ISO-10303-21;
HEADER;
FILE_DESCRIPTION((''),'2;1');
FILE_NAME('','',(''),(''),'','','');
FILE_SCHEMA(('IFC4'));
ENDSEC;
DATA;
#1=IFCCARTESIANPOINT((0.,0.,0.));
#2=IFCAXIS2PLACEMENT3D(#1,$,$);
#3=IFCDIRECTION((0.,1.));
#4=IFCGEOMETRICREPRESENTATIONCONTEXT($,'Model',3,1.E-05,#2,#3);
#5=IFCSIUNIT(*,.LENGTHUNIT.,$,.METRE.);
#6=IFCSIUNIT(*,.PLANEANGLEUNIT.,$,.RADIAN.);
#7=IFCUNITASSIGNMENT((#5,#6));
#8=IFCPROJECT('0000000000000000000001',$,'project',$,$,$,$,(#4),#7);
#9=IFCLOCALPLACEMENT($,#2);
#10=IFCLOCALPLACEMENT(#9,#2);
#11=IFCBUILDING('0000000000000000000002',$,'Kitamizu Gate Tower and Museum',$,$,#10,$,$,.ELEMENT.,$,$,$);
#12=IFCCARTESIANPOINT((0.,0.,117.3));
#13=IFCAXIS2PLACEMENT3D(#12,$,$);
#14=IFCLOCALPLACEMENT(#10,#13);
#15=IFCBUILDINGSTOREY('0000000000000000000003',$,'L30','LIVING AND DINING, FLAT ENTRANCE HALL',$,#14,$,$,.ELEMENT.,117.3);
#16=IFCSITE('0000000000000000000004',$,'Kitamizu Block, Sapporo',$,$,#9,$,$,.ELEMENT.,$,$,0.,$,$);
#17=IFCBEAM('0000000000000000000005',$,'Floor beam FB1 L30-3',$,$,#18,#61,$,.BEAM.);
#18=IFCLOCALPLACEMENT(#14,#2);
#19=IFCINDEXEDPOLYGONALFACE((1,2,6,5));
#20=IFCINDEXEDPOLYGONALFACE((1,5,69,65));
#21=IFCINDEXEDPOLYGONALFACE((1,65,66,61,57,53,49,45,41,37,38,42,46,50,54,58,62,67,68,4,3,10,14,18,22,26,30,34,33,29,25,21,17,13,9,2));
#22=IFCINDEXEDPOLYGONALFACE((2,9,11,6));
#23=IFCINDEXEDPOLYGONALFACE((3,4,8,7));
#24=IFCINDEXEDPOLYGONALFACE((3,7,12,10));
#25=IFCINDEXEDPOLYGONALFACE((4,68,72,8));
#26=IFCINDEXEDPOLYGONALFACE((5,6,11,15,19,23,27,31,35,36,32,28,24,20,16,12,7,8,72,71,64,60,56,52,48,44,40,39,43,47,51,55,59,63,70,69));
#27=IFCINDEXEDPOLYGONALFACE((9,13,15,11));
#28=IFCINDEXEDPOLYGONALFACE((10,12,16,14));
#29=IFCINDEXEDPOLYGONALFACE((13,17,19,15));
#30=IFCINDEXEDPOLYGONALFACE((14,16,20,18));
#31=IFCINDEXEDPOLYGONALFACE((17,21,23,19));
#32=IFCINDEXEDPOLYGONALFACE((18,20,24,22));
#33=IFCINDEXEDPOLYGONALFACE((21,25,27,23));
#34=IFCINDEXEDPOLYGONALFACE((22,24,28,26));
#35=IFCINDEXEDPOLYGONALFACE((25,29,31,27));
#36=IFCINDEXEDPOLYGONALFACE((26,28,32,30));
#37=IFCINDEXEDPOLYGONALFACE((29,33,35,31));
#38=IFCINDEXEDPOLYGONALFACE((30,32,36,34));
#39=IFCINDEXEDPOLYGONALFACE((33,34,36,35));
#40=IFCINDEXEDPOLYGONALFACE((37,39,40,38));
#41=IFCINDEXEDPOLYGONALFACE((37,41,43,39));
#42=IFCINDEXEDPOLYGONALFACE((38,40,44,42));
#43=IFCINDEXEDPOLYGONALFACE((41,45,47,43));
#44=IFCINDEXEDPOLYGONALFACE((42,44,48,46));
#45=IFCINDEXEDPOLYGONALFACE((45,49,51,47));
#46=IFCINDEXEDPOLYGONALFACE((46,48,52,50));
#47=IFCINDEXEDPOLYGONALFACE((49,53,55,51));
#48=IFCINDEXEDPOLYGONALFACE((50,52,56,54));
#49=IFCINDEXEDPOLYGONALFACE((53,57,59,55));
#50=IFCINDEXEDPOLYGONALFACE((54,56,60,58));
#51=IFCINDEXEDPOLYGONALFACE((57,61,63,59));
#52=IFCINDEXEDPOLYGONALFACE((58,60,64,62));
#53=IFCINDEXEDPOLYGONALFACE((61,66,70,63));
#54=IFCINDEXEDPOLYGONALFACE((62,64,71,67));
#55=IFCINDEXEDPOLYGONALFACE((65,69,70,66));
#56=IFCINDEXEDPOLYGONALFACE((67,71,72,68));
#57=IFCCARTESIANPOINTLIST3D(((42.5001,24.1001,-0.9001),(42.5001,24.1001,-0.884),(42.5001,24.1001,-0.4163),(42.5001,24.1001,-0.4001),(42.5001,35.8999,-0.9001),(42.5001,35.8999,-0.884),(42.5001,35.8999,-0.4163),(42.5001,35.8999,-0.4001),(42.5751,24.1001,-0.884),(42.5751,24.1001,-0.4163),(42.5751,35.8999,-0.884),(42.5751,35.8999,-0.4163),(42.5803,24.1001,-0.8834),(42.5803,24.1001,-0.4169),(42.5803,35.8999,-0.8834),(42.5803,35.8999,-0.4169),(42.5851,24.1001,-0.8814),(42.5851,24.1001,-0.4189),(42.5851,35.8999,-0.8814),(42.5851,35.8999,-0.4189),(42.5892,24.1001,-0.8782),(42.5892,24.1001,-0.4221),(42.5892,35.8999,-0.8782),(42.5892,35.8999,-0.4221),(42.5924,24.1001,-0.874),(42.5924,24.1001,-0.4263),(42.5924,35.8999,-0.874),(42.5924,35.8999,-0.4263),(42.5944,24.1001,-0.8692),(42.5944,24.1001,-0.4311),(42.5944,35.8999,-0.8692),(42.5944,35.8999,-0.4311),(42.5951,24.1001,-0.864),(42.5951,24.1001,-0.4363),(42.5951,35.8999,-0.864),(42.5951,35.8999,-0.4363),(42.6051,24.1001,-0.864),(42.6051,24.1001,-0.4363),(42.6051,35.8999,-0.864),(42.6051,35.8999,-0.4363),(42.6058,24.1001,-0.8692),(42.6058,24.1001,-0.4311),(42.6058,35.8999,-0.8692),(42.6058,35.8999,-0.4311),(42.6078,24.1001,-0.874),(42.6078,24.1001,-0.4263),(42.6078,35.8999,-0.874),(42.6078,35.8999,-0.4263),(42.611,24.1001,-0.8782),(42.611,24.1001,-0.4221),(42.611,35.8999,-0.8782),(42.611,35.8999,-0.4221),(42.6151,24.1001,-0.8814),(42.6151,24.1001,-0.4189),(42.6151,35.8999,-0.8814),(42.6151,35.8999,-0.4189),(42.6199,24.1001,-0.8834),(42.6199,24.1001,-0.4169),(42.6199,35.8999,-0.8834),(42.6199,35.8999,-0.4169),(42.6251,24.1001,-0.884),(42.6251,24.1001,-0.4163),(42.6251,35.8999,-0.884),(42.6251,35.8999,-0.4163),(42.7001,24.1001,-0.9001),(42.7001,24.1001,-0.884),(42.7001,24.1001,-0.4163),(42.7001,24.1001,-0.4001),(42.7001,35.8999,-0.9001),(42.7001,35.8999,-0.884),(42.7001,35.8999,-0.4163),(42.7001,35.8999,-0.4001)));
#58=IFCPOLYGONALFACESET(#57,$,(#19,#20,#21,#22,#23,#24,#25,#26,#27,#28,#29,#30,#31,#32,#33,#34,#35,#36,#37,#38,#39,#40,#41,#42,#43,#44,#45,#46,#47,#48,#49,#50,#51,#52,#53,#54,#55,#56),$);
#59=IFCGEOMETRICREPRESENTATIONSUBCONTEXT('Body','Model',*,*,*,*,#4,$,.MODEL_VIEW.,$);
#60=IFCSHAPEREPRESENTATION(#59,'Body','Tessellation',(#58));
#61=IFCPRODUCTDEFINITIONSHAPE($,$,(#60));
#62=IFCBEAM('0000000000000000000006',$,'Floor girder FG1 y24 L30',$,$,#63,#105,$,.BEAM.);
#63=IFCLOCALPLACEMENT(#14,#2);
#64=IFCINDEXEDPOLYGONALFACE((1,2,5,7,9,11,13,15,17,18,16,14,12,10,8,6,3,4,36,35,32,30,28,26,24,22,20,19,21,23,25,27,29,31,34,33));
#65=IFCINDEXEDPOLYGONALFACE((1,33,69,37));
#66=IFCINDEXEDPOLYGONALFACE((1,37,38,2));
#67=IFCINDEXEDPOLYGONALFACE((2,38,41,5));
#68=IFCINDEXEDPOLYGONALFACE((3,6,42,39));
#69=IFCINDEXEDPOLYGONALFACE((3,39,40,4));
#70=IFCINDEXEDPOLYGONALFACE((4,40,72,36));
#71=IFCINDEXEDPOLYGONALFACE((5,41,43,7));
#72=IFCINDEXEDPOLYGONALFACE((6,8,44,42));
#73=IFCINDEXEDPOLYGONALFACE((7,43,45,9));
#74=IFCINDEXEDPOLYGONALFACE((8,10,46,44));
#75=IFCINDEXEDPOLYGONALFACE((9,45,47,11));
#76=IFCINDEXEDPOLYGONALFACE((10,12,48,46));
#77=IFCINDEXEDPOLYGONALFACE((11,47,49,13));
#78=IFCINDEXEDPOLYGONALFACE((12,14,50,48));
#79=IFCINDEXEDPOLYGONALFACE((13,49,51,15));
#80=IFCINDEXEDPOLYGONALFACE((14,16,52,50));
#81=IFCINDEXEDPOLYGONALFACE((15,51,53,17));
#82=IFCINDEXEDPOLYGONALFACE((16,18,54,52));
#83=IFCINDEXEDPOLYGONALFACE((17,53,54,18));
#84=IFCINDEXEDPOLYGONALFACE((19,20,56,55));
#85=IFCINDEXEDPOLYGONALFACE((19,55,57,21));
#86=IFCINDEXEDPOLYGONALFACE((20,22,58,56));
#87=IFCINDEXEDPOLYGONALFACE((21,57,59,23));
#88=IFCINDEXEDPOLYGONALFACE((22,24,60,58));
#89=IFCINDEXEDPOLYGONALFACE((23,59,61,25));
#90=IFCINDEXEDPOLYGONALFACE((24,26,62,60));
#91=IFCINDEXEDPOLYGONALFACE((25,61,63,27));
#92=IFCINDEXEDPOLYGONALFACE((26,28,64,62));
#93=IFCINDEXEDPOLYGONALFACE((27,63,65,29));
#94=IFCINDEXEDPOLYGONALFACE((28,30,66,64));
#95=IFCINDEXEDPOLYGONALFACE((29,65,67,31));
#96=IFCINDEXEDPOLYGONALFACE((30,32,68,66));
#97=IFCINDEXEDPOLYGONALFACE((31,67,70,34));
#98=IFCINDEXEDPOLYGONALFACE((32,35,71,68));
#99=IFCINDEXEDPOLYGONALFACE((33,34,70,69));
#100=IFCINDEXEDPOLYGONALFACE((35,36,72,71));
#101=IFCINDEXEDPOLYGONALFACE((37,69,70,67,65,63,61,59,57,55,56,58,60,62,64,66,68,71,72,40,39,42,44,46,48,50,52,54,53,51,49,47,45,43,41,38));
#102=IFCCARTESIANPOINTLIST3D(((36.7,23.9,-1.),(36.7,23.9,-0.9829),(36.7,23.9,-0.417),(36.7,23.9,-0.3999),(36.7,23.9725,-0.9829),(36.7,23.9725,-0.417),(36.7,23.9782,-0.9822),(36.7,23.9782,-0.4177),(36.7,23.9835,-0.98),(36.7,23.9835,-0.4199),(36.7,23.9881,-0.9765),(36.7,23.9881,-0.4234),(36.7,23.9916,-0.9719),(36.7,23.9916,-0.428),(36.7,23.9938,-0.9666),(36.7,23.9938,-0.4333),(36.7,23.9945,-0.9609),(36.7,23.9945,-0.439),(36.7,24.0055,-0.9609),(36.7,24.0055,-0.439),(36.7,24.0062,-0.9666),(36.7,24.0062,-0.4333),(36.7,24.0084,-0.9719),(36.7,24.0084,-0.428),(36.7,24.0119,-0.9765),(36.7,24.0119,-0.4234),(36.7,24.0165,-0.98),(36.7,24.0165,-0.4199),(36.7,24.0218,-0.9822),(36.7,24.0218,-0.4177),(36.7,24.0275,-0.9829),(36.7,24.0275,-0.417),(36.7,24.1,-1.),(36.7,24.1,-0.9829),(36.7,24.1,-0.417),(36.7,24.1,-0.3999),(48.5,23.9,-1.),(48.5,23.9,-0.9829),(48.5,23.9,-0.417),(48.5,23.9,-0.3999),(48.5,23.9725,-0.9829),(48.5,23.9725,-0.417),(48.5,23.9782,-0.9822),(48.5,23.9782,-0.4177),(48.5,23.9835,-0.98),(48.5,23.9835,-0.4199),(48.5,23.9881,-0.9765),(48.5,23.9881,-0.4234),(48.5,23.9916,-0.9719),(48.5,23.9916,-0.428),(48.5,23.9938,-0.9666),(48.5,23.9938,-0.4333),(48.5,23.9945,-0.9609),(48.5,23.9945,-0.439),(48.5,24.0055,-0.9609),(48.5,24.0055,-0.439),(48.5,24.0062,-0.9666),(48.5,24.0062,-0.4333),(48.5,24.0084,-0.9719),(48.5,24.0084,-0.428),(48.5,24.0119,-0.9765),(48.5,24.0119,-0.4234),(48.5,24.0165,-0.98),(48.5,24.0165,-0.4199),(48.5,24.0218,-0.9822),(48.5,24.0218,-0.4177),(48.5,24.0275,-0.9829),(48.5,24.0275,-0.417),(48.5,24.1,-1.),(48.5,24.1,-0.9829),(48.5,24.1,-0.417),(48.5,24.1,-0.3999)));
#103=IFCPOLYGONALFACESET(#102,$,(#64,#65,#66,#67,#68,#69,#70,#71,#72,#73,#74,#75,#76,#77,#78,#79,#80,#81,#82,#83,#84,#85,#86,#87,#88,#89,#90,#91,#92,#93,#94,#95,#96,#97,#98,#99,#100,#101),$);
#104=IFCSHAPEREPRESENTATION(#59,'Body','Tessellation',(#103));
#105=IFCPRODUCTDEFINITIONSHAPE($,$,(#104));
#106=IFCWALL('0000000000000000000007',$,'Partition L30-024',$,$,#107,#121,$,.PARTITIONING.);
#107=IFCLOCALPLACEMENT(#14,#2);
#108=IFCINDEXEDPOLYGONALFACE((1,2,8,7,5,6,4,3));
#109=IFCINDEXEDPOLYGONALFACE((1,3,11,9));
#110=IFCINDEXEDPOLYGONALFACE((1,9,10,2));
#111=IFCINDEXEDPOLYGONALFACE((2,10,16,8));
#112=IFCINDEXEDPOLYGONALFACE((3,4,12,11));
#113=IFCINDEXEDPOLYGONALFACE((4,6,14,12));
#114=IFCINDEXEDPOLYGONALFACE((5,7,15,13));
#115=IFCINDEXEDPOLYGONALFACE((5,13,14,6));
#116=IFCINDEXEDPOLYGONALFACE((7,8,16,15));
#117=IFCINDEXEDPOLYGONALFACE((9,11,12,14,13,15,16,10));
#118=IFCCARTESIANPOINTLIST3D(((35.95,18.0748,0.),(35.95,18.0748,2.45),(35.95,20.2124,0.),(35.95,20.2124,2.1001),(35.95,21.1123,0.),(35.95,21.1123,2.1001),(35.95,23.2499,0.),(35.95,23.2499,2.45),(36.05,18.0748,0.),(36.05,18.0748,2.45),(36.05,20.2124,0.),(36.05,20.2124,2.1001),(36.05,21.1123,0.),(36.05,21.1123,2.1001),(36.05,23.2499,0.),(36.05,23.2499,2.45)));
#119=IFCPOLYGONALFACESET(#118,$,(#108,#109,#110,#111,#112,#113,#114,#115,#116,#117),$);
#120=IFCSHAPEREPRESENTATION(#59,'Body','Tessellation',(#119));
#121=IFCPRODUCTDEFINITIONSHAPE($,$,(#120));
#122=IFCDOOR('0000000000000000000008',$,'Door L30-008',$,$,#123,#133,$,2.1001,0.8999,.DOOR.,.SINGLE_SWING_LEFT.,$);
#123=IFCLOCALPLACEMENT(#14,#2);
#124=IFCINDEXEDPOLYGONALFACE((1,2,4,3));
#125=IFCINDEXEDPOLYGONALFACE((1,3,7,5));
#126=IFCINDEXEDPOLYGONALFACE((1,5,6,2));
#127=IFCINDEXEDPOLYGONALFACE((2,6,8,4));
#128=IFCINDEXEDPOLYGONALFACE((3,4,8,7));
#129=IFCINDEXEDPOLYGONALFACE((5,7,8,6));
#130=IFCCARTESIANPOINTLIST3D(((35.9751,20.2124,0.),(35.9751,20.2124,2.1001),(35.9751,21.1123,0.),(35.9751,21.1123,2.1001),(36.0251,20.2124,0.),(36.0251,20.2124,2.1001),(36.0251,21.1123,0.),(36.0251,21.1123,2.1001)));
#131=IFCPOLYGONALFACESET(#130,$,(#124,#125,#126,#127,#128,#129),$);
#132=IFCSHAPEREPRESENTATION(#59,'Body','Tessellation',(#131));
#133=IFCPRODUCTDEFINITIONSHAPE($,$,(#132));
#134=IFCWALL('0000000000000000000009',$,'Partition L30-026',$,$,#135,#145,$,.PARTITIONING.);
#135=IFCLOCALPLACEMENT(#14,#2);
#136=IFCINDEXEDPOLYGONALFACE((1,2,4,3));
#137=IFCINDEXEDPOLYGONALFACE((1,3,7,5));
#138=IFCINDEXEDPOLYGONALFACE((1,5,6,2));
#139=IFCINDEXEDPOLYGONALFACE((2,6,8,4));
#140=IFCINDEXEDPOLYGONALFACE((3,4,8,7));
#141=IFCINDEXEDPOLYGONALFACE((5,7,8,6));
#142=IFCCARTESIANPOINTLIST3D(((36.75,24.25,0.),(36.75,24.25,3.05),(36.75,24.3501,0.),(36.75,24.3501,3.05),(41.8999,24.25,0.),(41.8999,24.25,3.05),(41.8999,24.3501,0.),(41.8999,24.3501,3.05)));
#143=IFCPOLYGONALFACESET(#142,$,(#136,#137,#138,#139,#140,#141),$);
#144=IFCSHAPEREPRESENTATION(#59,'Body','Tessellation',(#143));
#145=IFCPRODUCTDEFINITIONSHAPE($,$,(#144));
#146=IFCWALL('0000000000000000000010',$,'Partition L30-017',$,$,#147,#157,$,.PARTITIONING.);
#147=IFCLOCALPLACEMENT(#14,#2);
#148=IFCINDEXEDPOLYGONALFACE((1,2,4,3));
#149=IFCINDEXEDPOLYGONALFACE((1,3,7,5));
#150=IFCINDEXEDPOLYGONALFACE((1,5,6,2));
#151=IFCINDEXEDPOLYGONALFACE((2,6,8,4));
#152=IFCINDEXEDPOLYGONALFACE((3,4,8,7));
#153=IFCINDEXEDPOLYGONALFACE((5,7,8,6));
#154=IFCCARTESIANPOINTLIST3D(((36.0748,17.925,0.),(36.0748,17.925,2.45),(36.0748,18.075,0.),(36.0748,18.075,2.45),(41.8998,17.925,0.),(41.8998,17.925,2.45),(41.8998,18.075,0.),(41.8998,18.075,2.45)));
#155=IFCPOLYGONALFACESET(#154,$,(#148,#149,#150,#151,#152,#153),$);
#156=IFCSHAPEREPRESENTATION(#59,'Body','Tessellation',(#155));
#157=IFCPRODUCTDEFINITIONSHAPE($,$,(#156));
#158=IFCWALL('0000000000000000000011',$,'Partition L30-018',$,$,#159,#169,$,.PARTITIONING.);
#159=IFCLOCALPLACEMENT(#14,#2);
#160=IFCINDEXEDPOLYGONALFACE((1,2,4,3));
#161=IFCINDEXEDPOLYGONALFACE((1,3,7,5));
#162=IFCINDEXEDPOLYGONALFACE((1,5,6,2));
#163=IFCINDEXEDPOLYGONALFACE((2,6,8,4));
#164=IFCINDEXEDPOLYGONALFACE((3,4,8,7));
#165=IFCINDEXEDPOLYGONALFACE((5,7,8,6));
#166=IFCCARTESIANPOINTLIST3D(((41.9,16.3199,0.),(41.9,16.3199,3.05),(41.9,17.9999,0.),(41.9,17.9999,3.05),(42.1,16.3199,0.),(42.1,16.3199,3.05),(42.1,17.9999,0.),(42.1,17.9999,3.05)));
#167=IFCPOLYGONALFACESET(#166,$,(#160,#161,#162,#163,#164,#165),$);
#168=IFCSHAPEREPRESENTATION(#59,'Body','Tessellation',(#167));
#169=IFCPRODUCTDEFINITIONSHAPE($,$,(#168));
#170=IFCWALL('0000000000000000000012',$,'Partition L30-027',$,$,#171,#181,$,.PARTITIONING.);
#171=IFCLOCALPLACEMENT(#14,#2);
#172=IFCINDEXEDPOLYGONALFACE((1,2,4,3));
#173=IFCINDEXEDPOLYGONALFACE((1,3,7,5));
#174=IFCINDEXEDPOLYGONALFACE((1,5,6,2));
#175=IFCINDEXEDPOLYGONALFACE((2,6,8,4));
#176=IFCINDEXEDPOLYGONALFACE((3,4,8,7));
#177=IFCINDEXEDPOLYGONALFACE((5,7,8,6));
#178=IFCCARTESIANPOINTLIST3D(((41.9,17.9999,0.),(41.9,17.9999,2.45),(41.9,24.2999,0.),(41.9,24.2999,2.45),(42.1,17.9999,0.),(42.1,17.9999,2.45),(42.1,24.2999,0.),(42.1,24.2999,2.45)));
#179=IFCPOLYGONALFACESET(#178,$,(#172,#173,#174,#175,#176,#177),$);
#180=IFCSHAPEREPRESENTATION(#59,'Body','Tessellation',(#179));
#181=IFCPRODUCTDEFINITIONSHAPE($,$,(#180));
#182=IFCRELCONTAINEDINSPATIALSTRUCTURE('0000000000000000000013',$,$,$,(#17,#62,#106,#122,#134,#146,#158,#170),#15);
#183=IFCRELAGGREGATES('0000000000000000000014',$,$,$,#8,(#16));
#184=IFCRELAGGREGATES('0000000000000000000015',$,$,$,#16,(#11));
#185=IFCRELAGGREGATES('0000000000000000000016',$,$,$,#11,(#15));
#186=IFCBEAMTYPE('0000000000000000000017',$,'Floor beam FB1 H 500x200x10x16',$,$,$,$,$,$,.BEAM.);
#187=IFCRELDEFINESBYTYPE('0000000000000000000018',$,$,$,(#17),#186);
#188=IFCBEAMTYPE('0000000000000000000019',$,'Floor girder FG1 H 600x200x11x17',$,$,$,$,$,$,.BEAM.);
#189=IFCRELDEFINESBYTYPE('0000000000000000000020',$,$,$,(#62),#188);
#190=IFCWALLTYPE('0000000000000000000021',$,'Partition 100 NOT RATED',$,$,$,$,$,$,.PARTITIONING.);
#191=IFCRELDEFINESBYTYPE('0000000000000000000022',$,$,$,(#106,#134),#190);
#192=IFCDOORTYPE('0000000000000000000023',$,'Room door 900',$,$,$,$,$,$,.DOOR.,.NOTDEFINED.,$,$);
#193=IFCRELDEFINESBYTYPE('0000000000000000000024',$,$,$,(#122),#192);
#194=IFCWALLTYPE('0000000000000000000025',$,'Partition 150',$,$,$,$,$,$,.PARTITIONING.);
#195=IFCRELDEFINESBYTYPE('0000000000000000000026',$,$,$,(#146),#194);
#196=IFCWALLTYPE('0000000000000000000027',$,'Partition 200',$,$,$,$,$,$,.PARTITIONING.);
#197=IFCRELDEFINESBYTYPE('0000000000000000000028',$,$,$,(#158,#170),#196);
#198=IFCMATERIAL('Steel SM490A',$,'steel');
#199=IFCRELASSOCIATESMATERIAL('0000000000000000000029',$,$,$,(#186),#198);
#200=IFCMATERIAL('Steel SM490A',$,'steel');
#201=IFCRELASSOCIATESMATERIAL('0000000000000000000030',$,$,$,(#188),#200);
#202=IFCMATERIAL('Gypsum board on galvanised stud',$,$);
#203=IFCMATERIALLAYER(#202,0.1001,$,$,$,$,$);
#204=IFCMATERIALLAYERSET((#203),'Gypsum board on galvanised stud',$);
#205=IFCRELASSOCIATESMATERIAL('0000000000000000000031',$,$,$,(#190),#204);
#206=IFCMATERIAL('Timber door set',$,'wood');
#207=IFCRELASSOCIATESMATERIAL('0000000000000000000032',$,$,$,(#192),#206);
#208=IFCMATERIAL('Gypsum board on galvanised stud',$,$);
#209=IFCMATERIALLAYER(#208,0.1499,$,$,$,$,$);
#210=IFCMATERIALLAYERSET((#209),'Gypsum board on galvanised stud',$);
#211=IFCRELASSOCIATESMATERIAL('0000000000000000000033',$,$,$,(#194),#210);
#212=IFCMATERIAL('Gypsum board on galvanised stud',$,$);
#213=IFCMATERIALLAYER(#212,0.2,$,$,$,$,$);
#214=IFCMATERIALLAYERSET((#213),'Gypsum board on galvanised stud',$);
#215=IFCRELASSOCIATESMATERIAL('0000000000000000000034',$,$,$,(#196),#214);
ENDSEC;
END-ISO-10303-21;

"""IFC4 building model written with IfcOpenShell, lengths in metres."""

from ifc_helpers import new_model, si_unit, direction, frame, frame_2d, origin, origin_2d, place, context, subcontext, project, spatial, rectangle, i_section, extrude, material, layer, layer_set, material_profile, profile_set, type_object, element, fill, save


model = new_model("IFC4")

# Units and contexts
model_context = context("Model", 3, precision=1e-05, world=origin(), true_north=direction((0.0, 1.0)))
body_context = subcontext(model_context, "Body", "Model", "MODEL_VIEW")
ifc_project = project(units=[si_unit("LENGTHUNIT", "METRE"), si_unit("PLANEANGLEUNIT", "RADIAN")], contexts=[model_context])

# Site, building, storey
site_placement = place(None, origin())
site = spatial("IfcSite", under=ifc_project, at=site_placement, Name="Kitamizu Block, Sapporo", CompositionType="ELEMENT", RefElevation=0.0)
building_placement = place(site_placement, origin())
building = spatial("IfcBuilding", under=site, at=building_placement, Name="Kitamizu Gate Tower and Museum", CompositionType="ELEMENT")
storey_placement = place(building_placement, frame((0.0, 0.0, 117.3)))
storey = spatial("IfcBuildingStorey", under=building, at=storey_placement, Name="L30", Description="LIVING AND DINING, FLAT ENTRANCE HALL", CompositionType="ELEMENT", Elevation=117.3)

# Beams
ifc_material_1 = material(Name="Steel SM490A", Category="steel")
ifc_material_profile_1 = material_profile(ifc_material_1, i_section(OverallWidth=0.2, OverallDepth=0.5, WebThickness=0.01, FlangeThickness=0.0161, FilletRadius=0.02, at=origin_2d()), Name="H-500x200x10x16")
ifc_profile_set_1 = profile_set([ifc_material_profile_1], Name="Steel SM490A")
beam_type_1 = type_object("IfcBeamType", Name="Floor beam FB1 H 500x200x10x16", PredefinedType="BEAM", material=ifc_profile_set_1)
beam_1_placement = place(storey_placement, frame((42.6001, 24.1001, -0.6501), z_axis=(0.0, 1.0, 0.0), x_axis=(-1.0, 0.0, 0.0)))
element("IfcBeam", 1, at=beam_1_placement, inside=storey, type_object=beam_type_1, Name="Floor beam FB1 L30-3", PredefinedType="BEAM", context=body_context, shape_type="SweptSolid", body=[
    extrude(i_section(OverallWidth=0.2, OverallDepth=0.5, WebThickness=0.01, FlangeThickness=0.0161, FilletRadius=0.02, at=origin_2d()), origin(), (0.0, 0.0, 1.0), 11.7998),
])
ifc_material_2 = material(Name="Steel SM490A", Category="steel")
ifc_material_profile_2 = material_profile(ifc_material_2, i_section(OverallWidth=0.2, OverallDepth=0.6001, WebThickness=0.011, FlangeThickness=0.0171, FilletRadius=0.022, at=origin_2d()), Name="H-600x200x11x17")
ifc_profile_set_2 = profile_set([ifc_material_profile_2], Name="Steel SM490A")
beam_type_2 = type_object("IfcBeamType", Name="Floor girder FG1 H 600x200x11x17", PredefinedType="BEAM", material=ifc_profile_set_2)
beam_2_placement = place(storey_placement, frame((36.7, 24.0, -0.7), z_axis=(1.0, 0.0, 0.0), x_axis=(0.0, 1.0, 0.0)))
element("IfcBeam", 2, at=beam_2_placement, inside=storey, type_object=beam_type_2, Name="Floor girder FG1 y24 L30", PredefinedType="BEAM", context=body_context, shape_type="SweptSolid", body=[
    extrude(i_section(OverallWidth=0.2, OverallDepth=0.6001, WebThickness=0.011, FlangeThickness=0.0171, FilletRadius=0.022, at=origin_2d()), origin(), (0.0, 0.0, 1.0), 11.8),
])

# Wall, opening, door
ifc_material_3 = material(Name="Gypsum board on galvanised stud")
ifc_layer_1 = layer(ifc_material_3, 0.1001)
ifc_layer_set_1 = layer_set([ifc_layer_1], Name="Gypsum board on galvanised stud")
wall_type_1 = type_object("IfcWallType", Name="Partition 100 NOT RATED", PredefinedType="PARTITIONING", material=ifc_layer_set_1)
wall_1_placement = place(storey_placement, frame((36.0, 18.075, 0.0), z_axis=(0.0, 0.0, 1.0), x_axis=(0.0, 1.0, 0.0)))
wall_1 = element("IfcWall", 3, at=wall_1_placement, inside=storey, type_object=wall_type_1, Name="Partition L30-024", PredefinedType="PARTITIONING", context=body_context, shape_type="SweptSolid", body=[
    extrude(rectangle(XDim=5.175, YDim=0.1001, at=frame_2d((2.5874, 0.0))), origin(), (0.0, 0.0, 1.0), 2.45),
])
opening_1_placement = place(wall_1_placement, frame((2.1375, 0.0, 0.0)))
opening_1 = element("IfcOpeningElement", 4, at=opening_1_placement, cuts=wall_1, PredefinedType="OPENING", context=body_context, shape_type="SweptSolid", body=[
    extrude(rectangle(XDim=0.8999, YDim=2.1001, at=frame_2d((0.45, 1.05))), frame((0.0, 0.0601, 0.0), z_axis=(0.0, -1.0, 0.0), x_axis=(1.0, 0.0, 0.0)), (0.0, 0.0, 1.0), 0.1201),
])
ifc_material_4 = material(Name="Timber door set", Category="wood")
door_type = type_object("IfcDoorType", Name="Room door 900", OperationType="NOTDEFINED", PredefinedType="DOOR", material=ifc_material_4)
door_1_placement = place(opening_1_placement, origin())
door_1 = element("IfcDoor", 5, at=door_1_placement, inside=storey, type_object=door_type, Name="Door L30-008", OperationType="SINGLE_SWING_LEFT", OverallHeight=2.1001, OverallWidth=0.8999, PredefinedType="DOOR", context=body_context, shape_type="SweptSolid", body=[
    extrude(rectangle(XDim=0.8999, YDim=2.1001, at=frame_2d((0.45, 1.05))), frame((0.0, 0.0249, 0.0), z_axis=(0.0, -1.0, 0.0), x_axis=(1.0, 0.0, 0.0)), (0.0, 0.0, 1.0), 0.05),
])
fill(opening_1, door_1)

# Walls
wall_2_placement = place(storey_placement, frame((41.8999, 24.3, 0.0), z_axis=(0.0, 0.0, 1.0), x_axis=(-1.0, 0.0, 0.0)))
element("IfcWall", 6, at=wall_2_placement, inside=storey, type_object=wall_type_1, Name="Partition L30-026", PredefinedType="PARTITIONING", context=body_context, shape_type="SweptSolid", body=[
    extrude(rectangle(XDim=5.1499, YDim=0.1001, at=frame_2d((2.575, 0.0))), origin(), (0.0, 0.0, 1.0), 3.05),
])
ifc_material_5 = material(Name="Gypsum board on galvanised stud")
ifc_layer_2 = layer(ifc_material_5, 0.1499)
ifc_layer_set_2 = layer_set([ifc_layer_2], Name="Gypsum board on galvanised stud")
wall_type_2 = type_object("IfcWallType", Name="Partition 150", PredefinedType="PARTITIONING", material=ifc_layer_set_2)
wall_3_placement = place(storey_placement, frame((41.8999, 18.0, 0.0), z_axis=(0.0, 0.0, 1.0), x_axis=(-1.0, 0.0, 0.0)))
element("IfcWall", 7, at=wall_3_placement, inside=storey, type_object=wall_type_2, Name="Partition L30-017", PredefinedType="PARTITIONING", context=body_context, shape_type="SweptSolid", body=[
    extrude(rectangle(XDim=5.825, YDim=0.1499, at=frame_2d((2.9126, 0.0))), origin(), (0.0, 0.0, 1.0), 2.45),
])
ifc_material_6 = material(Name="Gypsum board on galvanised stud")
ifc_layer_3 = layer(ifc_material_6, 0.2)
ifc_layer_set_3 = layer_set([ifc_layer_3], Name="Gypsum board on galvanised stud")
wall_type_3 = type_object("IfcWallType", Name="Partition 200", PredefinedType="PARTITIONING", material=ifc_layer_set_3)
wall_4_placement = place(storey_placement, frame((42.0, 16.3201, 0.0), z_axis=(0.0, 0.0, 1.0), x_axis=(0.0, 1.0, 0.0)))
element("IfcWall", 8, at=wall_4_placement, inside=storey, type_object=wall_type_3, Name="Partition L30-018", PredefinedType="PARTITIONING", context=body_context, shape_type="SweptSolid", body=[
    extrude(rectangle(XDim=1.6799, YDim=0.2, at=frame_2d((0.8398, 0.0))), origin(), (0.0, 0.0, 1.0), 3.05),
])
wall_5_placement = place(storey_placement, frame((42.0, 18.0, 0.0), z_axis=(0.0, 0.0, 1.0), x_axis=(0.0, 1.0, 0.0)))
element("IfcWall", 9, at=wall_5_placement, inside=storey, type_object=wall_type_3, Name="Partition L30-027", PredefinedType="PARTITIONING", context=body_context, shape_type="SweptSolid", body=[
    extrude(rectangle(XDim=6.3, YDim=0.2, at=frame_2d((3.1499, 0.0))), origin(), (0.0, 0.0, 1.0), 2.45),
])

save(model, "model.ifc")
